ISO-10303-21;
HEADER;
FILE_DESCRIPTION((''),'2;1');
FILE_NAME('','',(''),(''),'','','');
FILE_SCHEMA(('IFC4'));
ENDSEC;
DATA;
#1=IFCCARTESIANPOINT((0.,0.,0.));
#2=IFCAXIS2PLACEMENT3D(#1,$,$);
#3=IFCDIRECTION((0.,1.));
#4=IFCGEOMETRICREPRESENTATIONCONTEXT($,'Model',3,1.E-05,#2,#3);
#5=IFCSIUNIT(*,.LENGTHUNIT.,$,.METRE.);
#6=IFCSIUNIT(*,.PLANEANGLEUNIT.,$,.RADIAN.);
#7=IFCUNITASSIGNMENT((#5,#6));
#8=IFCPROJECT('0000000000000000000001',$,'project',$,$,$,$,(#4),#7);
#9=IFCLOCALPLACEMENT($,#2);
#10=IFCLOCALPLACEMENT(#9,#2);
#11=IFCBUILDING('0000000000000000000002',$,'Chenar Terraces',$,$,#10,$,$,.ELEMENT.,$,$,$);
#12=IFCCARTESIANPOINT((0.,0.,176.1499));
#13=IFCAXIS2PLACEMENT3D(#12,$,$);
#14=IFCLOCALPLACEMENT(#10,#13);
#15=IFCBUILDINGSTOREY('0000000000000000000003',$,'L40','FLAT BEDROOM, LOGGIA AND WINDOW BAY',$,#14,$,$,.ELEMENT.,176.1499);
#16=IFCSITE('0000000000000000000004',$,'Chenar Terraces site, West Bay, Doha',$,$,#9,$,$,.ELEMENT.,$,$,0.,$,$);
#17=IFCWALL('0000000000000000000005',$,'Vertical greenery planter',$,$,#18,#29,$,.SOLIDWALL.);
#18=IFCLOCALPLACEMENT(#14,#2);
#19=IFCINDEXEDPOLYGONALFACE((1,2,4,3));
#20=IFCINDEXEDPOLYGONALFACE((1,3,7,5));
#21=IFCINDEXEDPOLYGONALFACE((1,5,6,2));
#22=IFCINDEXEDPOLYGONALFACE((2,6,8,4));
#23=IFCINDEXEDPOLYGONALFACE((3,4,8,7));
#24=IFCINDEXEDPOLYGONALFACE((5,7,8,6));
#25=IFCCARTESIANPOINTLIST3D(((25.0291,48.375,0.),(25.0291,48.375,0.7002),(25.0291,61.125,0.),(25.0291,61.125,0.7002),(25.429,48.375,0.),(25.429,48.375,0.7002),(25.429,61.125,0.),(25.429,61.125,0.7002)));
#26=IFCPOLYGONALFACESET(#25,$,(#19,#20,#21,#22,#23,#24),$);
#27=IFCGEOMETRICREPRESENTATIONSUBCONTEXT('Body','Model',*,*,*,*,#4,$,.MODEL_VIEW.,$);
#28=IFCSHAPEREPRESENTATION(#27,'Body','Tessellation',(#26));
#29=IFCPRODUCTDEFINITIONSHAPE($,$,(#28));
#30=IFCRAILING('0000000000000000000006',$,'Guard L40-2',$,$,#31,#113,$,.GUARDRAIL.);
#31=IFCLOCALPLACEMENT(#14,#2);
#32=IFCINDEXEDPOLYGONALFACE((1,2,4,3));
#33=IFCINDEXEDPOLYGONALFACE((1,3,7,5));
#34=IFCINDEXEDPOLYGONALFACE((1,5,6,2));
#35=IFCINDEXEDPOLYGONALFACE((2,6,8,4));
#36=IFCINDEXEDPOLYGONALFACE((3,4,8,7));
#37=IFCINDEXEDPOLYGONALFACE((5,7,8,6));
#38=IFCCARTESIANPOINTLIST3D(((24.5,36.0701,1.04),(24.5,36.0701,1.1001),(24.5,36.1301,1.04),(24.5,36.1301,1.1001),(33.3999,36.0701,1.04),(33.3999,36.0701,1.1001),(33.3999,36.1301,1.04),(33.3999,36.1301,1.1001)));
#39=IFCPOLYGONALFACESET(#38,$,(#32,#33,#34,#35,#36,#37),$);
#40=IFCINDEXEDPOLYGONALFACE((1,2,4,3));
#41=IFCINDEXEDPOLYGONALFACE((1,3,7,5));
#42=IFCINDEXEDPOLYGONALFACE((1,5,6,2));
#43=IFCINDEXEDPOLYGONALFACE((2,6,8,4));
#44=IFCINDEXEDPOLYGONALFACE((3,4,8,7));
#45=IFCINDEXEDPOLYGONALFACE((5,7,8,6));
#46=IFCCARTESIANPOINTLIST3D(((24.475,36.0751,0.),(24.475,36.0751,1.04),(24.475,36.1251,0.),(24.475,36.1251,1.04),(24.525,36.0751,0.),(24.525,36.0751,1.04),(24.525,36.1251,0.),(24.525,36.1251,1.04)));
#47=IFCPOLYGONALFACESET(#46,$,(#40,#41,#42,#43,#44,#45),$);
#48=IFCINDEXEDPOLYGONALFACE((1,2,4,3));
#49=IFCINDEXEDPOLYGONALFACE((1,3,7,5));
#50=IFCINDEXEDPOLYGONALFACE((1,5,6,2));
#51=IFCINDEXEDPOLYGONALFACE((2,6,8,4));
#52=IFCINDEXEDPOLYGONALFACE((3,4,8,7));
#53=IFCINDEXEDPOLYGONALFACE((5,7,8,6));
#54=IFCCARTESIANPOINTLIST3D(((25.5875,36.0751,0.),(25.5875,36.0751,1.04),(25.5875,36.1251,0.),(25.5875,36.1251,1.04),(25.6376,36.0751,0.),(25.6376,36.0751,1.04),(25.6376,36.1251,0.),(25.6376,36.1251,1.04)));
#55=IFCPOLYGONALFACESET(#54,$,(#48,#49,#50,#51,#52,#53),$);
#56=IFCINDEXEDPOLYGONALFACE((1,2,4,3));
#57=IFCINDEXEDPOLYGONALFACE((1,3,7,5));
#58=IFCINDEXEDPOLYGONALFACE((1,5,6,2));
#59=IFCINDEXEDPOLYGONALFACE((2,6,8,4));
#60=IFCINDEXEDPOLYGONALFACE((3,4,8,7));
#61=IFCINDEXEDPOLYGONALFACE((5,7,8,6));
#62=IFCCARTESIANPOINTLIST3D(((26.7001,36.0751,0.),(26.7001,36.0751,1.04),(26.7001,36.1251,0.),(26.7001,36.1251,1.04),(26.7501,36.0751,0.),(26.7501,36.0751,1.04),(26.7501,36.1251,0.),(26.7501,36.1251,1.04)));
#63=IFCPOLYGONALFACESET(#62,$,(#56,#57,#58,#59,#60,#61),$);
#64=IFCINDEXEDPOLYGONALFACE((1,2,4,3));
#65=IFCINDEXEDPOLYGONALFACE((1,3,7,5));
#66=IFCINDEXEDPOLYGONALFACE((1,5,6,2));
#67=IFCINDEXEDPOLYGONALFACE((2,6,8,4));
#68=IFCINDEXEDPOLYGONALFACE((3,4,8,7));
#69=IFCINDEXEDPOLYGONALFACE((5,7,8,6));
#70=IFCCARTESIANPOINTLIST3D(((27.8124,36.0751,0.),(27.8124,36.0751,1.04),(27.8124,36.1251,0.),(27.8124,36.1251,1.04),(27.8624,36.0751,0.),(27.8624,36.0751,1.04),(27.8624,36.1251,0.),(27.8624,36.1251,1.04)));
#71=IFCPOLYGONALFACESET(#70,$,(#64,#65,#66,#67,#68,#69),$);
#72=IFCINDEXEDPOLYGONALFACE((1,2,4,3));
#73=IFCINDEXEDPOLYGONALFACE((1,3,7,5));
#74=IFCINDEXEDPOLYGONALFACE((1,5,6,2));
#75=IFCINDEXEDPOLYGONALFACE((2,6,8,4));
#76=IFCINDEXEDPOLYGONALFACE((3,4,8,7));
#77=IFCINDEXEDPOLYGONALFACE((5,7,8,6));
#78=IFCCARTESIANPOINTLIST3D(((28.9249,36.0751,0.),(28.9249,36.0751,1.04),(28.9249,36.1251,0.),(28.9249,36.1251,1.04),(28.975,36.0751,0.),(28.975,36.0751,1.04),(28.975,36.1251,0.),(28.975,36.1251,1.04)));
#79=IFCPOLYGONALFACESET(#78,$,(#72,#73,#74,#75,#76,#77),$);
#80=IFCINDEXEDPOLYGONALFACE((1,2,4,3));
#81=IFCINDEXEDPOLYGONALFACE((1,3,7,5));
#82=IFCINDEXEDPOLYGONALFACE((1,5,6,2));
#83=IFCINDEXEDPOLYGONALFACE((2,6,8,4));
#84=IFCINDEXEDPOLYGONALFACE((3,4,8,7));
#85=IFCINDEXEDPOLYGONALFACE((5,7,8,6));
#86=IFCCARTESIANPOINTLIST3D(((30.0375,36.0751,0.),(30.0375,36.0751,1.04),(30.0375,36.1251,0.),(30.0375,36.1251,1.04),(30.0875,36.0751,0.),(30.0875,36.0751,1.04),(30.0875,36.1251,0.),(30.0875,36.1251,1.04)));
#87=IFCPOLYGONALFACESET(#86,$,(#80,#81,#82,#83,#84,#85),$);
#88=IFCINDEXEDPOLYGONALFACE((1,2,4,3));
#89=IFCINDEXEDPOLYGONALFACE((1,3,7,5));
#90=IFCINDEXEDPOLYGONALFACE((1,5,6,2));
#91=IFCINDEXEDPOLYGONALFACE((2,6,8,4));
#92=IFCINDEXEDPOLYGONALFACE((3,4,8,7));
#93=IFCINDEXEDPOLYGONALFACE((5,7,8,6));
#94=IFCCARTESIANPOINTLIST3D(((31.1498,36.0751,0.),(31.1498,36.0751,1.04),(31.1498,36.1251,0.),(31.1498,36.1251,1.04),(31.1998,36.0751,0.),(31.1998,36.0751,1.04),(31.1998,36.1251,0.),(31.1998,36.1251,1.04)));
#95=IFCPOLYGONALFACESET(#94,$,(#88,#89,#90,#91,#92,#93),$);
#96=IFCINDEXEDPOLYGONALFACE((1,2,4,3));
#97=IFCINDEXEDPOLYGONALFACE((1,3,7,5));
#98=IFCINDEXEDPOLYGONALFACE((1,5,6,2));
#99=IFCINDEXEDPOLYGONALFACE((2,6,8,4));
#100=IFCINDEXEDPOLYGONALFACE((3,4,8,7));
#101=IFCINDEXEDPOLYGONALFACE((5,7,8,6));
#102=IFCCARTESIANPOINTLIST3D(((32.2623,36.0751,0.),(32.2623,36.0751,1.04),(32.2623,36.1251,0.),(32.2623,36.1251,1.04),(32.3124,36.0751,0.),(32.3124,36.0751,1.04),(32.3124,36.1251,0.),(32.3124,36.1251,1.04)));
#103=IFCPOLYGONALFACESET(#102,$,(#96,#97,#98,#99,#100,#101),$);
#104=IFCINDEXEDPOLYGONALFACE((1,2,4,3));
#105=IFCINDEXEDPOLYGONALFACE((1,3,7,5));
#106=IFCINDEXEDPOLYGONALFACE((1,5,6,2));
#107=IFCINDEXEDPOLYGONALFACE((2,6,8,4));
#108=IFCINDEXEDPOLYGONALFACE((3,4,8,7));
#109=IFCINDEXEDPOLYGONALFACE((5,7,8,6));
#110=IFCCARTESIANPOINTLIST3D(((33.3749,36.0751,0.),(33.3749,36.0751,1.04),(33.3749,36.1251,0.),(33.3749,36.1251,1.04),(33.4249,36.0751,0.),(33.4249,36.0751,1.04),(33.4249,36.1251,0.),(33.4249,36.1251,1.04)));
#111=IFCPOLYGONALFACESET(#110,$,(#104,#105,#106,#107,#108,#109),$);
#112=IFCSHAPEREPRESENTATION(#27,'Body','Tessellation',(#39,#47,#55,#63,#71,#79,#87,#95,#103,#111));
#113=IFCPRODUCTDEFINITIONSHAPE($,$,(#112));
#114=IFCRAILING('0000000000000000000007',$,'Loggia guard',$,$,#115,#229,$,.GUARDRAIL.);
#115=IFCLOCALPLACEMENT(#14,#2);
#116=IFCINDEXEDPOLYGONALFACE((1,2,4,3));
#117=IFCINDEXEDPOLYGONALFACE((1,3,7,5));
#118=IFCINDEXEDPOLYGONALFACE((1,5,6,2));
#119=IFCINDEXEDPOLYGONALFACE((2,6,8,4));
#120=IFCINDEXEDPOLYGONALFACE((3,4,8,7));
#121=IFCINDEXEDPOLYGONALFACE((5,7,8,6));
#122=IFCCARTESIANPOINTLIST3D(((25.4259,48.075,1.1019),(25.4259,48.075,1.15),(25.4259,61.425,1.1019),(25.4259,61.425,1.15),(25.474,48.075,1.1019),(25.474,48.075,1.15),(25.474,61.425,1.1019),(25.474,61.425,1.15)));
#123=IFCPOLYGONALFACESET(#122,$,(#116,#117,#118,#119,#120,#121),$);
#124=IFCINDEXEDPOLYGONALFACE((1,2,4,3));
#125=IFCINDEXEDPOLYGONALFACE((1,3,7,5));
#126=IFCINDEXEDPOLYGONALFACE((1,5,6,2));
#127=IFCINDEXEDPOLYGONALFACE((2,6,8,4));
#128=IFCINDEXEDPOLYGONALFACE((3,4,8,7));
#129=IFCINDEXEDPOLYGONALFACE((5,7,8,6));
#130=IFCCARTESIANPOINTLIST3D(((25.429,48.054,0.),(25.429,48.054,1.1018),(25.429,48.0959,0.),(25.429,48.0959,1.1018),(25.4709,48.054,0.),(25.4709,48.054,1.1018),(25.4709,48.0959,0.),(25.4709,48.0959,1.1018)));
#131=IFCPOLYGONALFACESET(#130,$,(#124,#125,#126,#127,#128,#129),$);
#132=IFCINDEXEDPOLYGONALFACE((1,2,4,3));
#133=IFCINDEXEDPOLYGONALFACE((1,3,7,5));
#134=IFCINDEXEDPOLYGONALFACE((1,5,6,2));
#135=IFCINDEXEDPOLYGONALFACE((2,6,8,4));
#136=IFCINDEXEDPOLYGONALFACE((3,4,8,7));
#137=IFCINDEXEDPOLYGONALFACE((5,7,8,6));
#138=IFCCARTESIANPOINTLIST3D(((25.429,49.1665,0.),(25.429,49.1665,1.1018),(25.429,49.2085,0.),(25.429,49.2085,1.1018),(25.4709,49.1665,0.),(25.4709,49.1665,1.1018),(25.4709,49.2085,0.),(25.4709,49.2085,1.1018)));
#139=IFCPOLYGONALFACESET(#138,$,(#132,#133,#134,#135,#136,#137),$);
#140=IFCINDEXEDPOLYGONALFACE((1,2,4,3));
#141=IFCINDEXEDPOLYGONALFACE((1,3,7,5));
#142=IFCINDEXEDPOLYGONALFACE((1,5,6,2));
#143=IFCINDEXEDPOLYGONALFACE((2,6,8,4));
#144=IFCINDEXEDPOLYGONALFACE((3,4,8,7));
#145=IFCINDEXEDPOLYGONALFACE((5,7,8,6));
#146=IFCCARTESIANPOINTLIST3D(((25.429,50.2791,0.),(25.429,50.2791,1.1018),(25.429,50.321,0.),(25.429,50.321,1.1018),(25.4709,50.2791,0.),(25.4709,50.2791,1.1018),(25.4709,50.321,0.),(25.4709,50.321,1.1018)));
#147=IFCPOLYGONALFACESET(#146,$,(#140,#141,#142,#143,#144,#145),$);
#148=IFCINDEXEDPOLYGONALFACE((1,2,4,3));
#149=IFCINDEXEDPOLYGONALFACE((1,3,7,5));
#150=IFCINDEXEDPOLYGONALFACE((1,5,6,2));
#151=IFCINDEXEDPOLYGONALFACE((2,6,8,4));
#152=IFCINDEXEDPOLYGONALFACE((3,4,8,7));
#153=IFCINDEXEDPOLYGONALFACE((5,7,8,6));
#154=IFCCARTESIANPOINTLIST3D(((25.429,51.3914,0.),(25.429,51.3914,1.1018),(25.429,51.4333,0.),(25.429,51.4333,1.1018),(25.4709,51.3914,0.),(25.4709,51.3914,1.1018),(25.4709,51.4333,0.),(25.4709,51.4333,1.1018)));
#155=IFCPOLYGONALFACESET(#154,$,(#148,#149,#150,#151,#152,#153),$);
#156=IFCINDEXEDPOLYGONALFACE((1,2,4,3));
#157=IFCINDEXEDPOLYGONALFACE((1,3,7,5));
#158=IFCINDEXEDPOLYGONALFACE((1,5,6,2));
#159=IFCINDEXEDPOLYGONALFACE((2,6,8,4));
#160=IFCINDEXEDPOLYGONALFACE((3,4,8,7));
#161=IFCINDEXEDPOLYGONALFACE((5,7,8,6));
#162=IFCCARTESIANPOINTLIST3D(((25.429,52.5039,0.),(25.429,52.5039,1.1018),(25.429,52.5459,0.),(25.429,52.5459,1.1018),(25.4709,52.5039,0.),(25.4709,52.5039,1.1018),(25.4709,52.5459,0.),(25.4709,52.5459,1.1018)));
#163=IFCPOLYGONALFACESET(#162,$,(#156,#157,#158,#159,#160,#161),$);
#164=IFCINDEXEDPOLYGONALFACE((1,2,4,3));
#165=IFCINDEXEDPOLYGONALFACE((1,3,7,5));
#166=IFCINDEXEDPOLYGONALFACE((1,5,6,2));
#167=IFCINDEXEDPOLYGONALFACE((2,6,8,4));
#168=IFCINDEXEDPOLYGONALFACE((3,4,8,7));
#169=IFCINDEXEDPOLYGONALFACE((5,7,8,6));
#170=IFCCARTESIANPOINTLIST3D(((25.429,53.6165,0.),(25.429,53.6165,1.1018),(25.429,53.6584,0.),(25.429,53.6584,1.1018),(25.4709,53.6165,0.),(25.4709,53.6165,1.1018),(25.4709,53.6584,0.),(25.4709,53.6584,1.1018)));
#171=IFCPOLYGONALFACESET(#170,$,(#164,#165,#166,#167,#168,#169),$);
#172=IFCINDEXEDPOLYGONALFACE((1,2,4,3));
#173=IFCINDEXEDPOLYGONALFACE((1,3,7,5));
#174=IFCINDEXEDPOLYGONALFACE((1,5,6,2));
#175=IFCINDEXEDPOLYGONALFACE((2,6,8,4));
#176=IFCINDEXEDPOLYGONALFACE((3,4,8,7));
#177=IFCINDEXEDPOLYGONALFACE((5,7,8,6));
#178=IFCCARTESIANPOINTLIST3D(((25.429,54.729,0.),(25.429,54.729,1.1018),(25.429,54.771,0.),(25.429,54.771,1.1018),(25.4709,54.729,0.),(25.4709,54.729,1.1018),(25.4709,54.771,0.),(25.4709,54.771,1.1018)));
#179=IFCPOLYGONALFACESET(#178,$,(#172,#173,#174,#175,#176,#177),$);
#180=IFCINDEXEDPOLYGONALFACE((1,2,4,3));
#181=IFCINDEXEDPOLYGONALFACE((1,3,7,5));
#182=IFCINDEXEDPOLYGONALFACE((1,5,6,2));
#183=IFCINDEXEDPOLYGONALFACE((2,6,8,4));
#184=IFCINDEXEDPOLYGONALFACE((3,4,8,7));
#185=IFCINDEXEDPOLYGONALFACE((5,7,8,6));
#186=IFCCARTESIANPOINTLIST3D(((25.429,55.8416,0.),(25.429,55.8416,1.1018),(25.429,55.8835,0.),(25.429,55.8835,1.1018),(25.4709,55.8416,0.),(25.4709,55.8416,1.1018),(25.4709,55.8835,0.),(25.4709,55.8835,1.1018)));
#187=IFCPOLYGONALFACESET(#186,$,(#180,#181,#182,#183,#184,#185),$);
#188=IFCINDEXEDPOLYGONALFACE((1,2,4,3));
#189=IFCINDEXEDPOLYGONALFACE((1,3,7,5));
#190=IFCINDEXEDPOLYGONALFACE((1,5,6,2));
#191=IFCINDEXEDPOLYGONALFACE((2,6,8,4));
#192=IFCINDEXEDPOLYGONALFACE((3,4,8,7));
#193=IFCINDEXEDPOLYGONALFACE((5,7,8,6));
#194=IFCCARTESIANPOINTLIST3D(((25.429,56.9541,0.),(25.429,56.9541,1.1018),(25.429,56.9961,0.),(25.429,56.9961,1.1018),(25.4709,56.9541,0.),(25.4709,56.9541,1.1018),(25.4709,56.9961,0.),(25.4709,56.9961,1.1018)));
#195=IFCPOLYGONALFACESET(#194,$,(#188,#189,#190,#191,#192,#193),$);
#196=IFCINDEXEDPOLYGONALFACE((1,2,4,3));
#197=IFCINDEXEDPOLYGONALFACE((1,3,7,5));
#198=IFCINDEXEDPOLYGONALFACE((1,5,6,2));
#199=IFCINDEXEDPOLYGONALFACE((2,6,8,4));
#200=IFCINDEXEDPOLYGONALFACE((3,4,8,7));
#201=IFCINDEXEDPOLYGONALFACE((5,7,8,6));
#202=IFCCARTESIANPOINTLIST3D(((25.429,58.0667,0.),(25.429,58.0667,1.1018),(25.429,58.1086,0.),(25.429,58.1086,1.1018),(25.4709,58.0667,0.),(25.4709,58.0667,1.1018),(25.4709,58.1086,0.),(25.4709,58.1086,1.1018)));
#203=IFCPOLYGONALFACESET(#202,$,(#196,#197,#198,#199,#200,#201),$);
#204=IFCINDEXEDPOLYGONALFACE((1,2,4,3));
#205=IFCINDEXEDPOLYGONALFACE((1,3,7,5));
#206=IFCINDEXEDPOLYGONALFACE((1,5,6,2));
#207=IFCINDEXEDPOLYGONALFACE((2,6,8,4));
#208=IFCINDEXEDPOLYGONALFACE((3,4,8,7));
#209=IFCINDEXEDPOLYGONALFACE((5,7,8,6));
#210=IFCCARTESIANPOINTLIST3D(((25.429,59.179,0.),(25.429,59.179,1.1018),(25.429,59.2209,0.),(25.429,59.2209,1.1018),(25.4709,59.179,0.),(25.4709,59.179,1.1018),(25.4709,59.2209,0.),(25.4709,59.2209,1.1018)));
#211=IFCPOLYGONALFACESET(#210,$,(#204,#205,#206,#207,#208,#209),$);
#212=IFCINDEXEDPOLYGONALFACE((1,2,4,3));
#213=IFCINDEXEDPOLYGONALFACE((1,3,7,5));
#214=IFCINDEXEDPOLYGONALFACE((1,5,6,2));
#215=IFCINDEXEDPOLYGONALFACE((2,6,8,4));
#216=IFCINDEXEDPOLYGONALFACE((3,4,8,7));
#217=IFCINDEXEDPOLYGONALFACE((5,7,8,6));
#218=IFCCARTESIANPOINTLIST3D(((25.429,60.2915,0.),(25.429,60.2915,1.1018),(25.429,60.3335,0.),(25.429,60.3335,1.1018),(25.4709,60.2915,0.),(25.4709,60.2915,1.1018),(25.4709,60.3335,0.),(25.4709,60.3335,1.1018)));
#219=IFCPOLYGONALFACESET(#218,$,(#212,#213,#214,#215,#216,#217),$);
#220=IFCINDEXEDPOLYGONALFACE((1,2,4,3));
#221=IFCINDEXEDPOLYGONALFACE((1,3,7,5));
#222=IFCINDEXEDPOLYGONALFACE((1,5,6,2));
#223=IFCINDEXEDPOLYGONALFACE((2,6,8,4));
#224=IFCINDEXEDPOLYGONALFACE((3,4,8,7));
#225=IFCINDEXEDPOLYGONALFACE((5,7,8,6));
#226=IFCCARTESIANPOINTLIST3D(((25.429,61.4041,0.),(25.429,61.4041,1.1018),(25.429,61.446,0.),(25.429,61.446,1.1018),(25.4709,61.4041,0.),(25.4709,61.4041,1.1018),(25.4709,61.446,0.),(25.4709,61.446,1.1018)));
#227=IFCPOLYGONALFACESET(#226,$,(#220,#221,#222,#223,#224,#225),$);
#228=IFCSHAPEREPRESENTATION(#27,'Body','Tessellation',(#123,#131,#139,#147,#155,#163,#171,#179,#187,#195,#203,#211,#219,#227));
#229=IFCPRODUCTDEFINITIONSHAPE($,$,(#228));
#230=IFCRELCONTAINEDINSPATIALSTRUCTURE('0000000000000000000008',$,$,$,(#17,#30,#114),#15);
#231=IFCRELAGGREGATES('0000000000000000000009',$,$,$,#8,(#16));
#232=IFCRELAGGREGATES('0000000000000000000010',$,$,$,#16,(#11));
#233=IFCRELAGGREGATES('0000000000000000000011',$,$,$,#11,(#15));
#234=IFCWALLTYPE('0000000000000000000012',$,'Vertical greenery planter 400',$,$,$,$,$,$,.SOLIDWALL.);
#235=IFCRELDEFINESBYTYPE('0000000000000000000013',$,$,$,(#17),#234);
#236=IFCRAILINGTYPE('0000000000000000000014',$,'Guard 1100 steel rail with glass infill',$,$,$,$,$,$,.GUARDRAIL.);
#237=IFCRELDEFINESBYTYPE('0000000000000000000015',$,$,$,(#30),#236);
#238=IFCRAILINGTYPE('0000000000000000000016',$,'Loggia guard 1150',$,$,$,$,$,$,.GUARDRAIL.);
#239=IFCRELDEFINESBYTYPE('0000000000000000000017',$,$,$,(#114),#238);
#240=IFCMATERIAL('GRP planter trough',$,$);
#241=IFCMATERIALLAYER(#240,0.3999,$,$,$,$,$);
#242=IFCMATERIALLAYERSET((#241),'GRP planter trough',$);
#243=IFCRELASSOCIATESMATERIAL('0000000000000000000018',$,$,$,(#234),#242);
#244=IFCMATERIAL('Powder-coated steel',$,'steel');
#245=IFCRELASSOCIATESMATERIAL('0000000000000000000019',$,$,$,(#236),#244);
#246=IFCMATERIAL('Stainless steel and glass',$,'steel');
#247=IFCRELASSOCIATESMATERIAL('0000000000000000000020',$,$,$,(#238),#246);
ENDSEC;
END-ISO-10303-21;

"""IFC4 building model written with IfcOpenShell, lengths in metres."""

from ifc_helpers import new_model, si_unit, direction, frame, frame_2d, origin, origin_2d, place, context, subcontext, project, spatial, rectangle, extrude, material, layer, layer_set, type_object, element, save


model = new_model("IFC4")

# Units and contexts
model_context = context("Model", 3, precision=1e-05, world=origin(), true_north=direction((0.0, 1.0)))
body_context = subcontext(model_context, "Body", "Model", "MODEL_VIEW")
ifc_project = project(units=[si_unit("LENGTHUNIT", "METRE"), si_unit("PLANEANGLEUNIT", "RADIAN")], contexts=[model_context])

# Site, building, storey
site_placement = place(None, origin())
site = spatial("IfcSite", under=ifc_project, at=site_placement, Name="Chenar Terraces site, West Bay, Doha", CompositionType="ELEMENT", RefElevation=0.0)
building_placement = place(site_placement, origin())
building = spatial("IfcBuilding", under=site, at=building_placement, Name="Chenar Terraces", CompositionType="ELEMENT")
storey_placement = place(building_placement, frame((0.0, 0.0, 176.1499)))
storey = spatial("IfcBuildingStorey", under=building, at=storey_placement, Name="L40", Description="FLAT BEDROOM, LOGGIA AND WINDOW BAY", CompositionType="ELEMENT", Elevation=176.1499)

# Wall
ifc_material_1 = material(Name="GRP planter trough")
ifc_layer_1 = layer(ifc_material_1, 0.3999)
ifc_layer_set_1 = layer_set([ifc_layer_1], Name="GRP planter trough")
wall_type_1 = type_object("IfcWallType", Name="Vertical greenery planter 400", PredefinedType="SOLIDWALL", material=ifc_layer_set_1)
wall_1_placement = place(storey_placement, frame((25.229, 48.375, 0.0), z_axis=(0.0, 0.0, 1.0), x_axis=(0.0, 1.0, 0.0)))
element("IfcWall", 1, at=wall_1_placement, inside=storey, type_object=wall_type_1, Name="Vertical greenery planter", PredefinedType="SOLIDWALL", context=body_context, shape_type="SweptSolid", body=[
    extrude(rectangle(XDim=12.75, YDim=0.3999, at=frame_2d((6.375, 0.0))), origin(), (0.0, 0.0, 1.0), 0.7002),
])

# Railings
ifc_material_2 = material(Name="Powder-coated steel", Category="steel")
railing_type_1 = type_object("IfcRailingType", Name="Guard 1100 steel rail with glass infill", PredefinedType="GUARDRAIL", material=ifc_material_2)
railing_1_placement = place(storey_placement, frame((24.5, 36.1001, 0.0)))
element("IfcRailing", 2, at=railing_1_placement, inside=storey, type_object=railing_type_1, Name="Guard L40-2", PredefinedType="GUARDRAIL", context=body_context, shape_type="SweptSolid", body=[
    extrude(rectangle(XDim=0.0601, YDim=0.0601, at=origin_2d()), frame((0.0, 0.0, 1.0701), z_axis=(1.0, 0.0, 0.0), x_axis=(0.0, 1.0, 0.0)), (0.0, 0.0, 1.0), 8.8999),
    extrude(rectangle(XDim=0.05, YDim=0.05, at=origin_2d()), origin(), (0.0, 0.0, 1.0), 1.04),
    extrude(rectangle(XDim=0.05, YDim=0.05, at=origin_2d()), frame((1.1125, 0.0, 0.0)), (0.0, 0.0, 1.0), 1.04),
    extrude(rectangle(XDim=0.05, YDim=0.05, at=origin_2d()), frame((2.2251, 0.0, 0.0)), (0.0, 0.0, 1.0), 1.04),
    extrude(rectangle(XDim=0.05, YDim=0.05, at=origin_2d()), frame((3.3374, 0.0, 0.0)), (0.0, 0.0, 1.0), 1.04),
    extrude(rectangle(XDim=0.05, YDim=0.05, at=origin_2d()), frame((4.45, 0.0, 0.0)), (0.0, 0.0, 1.0), 1.04),
    extrude(rectangle(XDim=0.05, YDim=0.05, at=origin_2d()), frame((5.5625, 0.0, 0.0)), (0.0, 0.0, 1.0), 1.04),
    extrude(rectangle(XDim=0.05, YDim=0.05, at=origin_2d()), frame((6.6748, 0.0, 0.0)), (0.0, 0.0, 1.0), 1.04),
    extrude(rectangle(XDim=0.05, YDim=0.05, at=origin_2d()), frame((7.7874, 0.0, 0.0)), (0.0, 0.0, 1.0), 1.04),
    extrude(rectangle(XDim=0.05, YDim=0.05, at=origin_2d()), frame((8.8999, 0.0, 0.0)), (0.0, 0.0, 1.0), 1.04),
])
ifc_material_3 = material(Name="Stainless steel and glass", Category="steel")
railing_type_2 = type_object("IfcRailingType", Name="Loggia guard 1150", PredefinedType="GUARDRAIL", material=ifc_material_3)
railing_2_placement = place(storey_placement, frame((25.45, 48.075, 0.0)))
element("IfcRailing", 3, at=railing_2_placement, inside=storey, type_object=railing_type_2, Name="Loggia guard", PredefinedType="GUARDRAIL", context=body_context, shape_type="SweptSolid", body=[
    extrude(rectangle(XDim=0.0481, YDim=0.0481, at=origin_2d()), frame((0.0, 0.0, 1.126), z_axis=(0.0, 1.0, 0.0), x_axis=(-1.0, 0.0, 0.0)), (0.0, 0.0, 1.0), 13.3501),
    extrude(rectangle(XDim=0.042, YDim=0.042, at=origin_2d()), origin(), (0.0, 0.0, 1.0), 1.1018),
    extrude(rectangle(XDim=0.042, YDim=0.042, at=origin_2d()), frame((0.0, 1.1125, 0.0)), (0.0, 0.0, 1.0), 1.1018),
    extrude(rectangle(XDim=0.042, YDim=0.042, at=origin_2d()), frame((0.0, 2.2251, 0.0)), (0.0, 0.0, 1.0), 1.1018),
    extrude(rectangle(XDim=0.042, YDim=0.042, at=origin_2d()), frame((0.0, 3.3374, 0.0)), (0.0, 0.0, 1.0), 1.1018),
    extrude(rectangle(XDim=0.042, YDim=0.042, at=origin_2d()), frame((0.0, 4.45, 0.0)), (0.0, 0.0, 1.0), 1.1018),
    extrude(rectangle(XDim=0.042, YDim=0.042, at=origin_2d()), frame((0.0, 5.5625, 0.0)), (0.0, 0.0, 1.0), 1.1018),
    extrude(rectangle(XDim=0.042, YDim=0.042, at=origin_2d()), frame((0.0, 6.675, 0.0)), (0.0, 0.0, 1.0), 1.1018),
    extrude(rectangle(XDim=0.042, YDim=0.042, at=origin_2d()), frame((0.0, 7.7876, 0.0)), (0.0, 0.0, 1.0), 1.1018),
    extrude(rectangle(XDim=0.042, YDim=0.042, at=origin_2d()), frame((0.0, 8.9001, 0.0)), (0.0, 0.0, 1.0), 1.1018),
    extrude(rectangle(XDim=0.042, YDim=0.042, at=origin_2d()), frame((0.0, 10.0127, 0.0)), (0.0, 0.0, 1.0), 1.1018),
    extrude(rectangle(XDim=0.042, YDim=0.042, at=origin_2d()), frame((0.0, 11.125, 0.0)), (0.0, 0.0, 1.0), 1.1018),
    extrude(rectangle(XDim=0.042, YDim=0.042, at=origin_2d()), frame((0.0, 12.2375, 0.0)), (0.0, 0.0, 1.0), 1.1018),
    extrude(rectangle(XDim=0.042, YDim=0.042, at=origin_2d()), frame((0.0, 13.3501, 0.0)), (0.0, 0.0, 1.0), 1.1018),
])

save(model, "model.ifc")
